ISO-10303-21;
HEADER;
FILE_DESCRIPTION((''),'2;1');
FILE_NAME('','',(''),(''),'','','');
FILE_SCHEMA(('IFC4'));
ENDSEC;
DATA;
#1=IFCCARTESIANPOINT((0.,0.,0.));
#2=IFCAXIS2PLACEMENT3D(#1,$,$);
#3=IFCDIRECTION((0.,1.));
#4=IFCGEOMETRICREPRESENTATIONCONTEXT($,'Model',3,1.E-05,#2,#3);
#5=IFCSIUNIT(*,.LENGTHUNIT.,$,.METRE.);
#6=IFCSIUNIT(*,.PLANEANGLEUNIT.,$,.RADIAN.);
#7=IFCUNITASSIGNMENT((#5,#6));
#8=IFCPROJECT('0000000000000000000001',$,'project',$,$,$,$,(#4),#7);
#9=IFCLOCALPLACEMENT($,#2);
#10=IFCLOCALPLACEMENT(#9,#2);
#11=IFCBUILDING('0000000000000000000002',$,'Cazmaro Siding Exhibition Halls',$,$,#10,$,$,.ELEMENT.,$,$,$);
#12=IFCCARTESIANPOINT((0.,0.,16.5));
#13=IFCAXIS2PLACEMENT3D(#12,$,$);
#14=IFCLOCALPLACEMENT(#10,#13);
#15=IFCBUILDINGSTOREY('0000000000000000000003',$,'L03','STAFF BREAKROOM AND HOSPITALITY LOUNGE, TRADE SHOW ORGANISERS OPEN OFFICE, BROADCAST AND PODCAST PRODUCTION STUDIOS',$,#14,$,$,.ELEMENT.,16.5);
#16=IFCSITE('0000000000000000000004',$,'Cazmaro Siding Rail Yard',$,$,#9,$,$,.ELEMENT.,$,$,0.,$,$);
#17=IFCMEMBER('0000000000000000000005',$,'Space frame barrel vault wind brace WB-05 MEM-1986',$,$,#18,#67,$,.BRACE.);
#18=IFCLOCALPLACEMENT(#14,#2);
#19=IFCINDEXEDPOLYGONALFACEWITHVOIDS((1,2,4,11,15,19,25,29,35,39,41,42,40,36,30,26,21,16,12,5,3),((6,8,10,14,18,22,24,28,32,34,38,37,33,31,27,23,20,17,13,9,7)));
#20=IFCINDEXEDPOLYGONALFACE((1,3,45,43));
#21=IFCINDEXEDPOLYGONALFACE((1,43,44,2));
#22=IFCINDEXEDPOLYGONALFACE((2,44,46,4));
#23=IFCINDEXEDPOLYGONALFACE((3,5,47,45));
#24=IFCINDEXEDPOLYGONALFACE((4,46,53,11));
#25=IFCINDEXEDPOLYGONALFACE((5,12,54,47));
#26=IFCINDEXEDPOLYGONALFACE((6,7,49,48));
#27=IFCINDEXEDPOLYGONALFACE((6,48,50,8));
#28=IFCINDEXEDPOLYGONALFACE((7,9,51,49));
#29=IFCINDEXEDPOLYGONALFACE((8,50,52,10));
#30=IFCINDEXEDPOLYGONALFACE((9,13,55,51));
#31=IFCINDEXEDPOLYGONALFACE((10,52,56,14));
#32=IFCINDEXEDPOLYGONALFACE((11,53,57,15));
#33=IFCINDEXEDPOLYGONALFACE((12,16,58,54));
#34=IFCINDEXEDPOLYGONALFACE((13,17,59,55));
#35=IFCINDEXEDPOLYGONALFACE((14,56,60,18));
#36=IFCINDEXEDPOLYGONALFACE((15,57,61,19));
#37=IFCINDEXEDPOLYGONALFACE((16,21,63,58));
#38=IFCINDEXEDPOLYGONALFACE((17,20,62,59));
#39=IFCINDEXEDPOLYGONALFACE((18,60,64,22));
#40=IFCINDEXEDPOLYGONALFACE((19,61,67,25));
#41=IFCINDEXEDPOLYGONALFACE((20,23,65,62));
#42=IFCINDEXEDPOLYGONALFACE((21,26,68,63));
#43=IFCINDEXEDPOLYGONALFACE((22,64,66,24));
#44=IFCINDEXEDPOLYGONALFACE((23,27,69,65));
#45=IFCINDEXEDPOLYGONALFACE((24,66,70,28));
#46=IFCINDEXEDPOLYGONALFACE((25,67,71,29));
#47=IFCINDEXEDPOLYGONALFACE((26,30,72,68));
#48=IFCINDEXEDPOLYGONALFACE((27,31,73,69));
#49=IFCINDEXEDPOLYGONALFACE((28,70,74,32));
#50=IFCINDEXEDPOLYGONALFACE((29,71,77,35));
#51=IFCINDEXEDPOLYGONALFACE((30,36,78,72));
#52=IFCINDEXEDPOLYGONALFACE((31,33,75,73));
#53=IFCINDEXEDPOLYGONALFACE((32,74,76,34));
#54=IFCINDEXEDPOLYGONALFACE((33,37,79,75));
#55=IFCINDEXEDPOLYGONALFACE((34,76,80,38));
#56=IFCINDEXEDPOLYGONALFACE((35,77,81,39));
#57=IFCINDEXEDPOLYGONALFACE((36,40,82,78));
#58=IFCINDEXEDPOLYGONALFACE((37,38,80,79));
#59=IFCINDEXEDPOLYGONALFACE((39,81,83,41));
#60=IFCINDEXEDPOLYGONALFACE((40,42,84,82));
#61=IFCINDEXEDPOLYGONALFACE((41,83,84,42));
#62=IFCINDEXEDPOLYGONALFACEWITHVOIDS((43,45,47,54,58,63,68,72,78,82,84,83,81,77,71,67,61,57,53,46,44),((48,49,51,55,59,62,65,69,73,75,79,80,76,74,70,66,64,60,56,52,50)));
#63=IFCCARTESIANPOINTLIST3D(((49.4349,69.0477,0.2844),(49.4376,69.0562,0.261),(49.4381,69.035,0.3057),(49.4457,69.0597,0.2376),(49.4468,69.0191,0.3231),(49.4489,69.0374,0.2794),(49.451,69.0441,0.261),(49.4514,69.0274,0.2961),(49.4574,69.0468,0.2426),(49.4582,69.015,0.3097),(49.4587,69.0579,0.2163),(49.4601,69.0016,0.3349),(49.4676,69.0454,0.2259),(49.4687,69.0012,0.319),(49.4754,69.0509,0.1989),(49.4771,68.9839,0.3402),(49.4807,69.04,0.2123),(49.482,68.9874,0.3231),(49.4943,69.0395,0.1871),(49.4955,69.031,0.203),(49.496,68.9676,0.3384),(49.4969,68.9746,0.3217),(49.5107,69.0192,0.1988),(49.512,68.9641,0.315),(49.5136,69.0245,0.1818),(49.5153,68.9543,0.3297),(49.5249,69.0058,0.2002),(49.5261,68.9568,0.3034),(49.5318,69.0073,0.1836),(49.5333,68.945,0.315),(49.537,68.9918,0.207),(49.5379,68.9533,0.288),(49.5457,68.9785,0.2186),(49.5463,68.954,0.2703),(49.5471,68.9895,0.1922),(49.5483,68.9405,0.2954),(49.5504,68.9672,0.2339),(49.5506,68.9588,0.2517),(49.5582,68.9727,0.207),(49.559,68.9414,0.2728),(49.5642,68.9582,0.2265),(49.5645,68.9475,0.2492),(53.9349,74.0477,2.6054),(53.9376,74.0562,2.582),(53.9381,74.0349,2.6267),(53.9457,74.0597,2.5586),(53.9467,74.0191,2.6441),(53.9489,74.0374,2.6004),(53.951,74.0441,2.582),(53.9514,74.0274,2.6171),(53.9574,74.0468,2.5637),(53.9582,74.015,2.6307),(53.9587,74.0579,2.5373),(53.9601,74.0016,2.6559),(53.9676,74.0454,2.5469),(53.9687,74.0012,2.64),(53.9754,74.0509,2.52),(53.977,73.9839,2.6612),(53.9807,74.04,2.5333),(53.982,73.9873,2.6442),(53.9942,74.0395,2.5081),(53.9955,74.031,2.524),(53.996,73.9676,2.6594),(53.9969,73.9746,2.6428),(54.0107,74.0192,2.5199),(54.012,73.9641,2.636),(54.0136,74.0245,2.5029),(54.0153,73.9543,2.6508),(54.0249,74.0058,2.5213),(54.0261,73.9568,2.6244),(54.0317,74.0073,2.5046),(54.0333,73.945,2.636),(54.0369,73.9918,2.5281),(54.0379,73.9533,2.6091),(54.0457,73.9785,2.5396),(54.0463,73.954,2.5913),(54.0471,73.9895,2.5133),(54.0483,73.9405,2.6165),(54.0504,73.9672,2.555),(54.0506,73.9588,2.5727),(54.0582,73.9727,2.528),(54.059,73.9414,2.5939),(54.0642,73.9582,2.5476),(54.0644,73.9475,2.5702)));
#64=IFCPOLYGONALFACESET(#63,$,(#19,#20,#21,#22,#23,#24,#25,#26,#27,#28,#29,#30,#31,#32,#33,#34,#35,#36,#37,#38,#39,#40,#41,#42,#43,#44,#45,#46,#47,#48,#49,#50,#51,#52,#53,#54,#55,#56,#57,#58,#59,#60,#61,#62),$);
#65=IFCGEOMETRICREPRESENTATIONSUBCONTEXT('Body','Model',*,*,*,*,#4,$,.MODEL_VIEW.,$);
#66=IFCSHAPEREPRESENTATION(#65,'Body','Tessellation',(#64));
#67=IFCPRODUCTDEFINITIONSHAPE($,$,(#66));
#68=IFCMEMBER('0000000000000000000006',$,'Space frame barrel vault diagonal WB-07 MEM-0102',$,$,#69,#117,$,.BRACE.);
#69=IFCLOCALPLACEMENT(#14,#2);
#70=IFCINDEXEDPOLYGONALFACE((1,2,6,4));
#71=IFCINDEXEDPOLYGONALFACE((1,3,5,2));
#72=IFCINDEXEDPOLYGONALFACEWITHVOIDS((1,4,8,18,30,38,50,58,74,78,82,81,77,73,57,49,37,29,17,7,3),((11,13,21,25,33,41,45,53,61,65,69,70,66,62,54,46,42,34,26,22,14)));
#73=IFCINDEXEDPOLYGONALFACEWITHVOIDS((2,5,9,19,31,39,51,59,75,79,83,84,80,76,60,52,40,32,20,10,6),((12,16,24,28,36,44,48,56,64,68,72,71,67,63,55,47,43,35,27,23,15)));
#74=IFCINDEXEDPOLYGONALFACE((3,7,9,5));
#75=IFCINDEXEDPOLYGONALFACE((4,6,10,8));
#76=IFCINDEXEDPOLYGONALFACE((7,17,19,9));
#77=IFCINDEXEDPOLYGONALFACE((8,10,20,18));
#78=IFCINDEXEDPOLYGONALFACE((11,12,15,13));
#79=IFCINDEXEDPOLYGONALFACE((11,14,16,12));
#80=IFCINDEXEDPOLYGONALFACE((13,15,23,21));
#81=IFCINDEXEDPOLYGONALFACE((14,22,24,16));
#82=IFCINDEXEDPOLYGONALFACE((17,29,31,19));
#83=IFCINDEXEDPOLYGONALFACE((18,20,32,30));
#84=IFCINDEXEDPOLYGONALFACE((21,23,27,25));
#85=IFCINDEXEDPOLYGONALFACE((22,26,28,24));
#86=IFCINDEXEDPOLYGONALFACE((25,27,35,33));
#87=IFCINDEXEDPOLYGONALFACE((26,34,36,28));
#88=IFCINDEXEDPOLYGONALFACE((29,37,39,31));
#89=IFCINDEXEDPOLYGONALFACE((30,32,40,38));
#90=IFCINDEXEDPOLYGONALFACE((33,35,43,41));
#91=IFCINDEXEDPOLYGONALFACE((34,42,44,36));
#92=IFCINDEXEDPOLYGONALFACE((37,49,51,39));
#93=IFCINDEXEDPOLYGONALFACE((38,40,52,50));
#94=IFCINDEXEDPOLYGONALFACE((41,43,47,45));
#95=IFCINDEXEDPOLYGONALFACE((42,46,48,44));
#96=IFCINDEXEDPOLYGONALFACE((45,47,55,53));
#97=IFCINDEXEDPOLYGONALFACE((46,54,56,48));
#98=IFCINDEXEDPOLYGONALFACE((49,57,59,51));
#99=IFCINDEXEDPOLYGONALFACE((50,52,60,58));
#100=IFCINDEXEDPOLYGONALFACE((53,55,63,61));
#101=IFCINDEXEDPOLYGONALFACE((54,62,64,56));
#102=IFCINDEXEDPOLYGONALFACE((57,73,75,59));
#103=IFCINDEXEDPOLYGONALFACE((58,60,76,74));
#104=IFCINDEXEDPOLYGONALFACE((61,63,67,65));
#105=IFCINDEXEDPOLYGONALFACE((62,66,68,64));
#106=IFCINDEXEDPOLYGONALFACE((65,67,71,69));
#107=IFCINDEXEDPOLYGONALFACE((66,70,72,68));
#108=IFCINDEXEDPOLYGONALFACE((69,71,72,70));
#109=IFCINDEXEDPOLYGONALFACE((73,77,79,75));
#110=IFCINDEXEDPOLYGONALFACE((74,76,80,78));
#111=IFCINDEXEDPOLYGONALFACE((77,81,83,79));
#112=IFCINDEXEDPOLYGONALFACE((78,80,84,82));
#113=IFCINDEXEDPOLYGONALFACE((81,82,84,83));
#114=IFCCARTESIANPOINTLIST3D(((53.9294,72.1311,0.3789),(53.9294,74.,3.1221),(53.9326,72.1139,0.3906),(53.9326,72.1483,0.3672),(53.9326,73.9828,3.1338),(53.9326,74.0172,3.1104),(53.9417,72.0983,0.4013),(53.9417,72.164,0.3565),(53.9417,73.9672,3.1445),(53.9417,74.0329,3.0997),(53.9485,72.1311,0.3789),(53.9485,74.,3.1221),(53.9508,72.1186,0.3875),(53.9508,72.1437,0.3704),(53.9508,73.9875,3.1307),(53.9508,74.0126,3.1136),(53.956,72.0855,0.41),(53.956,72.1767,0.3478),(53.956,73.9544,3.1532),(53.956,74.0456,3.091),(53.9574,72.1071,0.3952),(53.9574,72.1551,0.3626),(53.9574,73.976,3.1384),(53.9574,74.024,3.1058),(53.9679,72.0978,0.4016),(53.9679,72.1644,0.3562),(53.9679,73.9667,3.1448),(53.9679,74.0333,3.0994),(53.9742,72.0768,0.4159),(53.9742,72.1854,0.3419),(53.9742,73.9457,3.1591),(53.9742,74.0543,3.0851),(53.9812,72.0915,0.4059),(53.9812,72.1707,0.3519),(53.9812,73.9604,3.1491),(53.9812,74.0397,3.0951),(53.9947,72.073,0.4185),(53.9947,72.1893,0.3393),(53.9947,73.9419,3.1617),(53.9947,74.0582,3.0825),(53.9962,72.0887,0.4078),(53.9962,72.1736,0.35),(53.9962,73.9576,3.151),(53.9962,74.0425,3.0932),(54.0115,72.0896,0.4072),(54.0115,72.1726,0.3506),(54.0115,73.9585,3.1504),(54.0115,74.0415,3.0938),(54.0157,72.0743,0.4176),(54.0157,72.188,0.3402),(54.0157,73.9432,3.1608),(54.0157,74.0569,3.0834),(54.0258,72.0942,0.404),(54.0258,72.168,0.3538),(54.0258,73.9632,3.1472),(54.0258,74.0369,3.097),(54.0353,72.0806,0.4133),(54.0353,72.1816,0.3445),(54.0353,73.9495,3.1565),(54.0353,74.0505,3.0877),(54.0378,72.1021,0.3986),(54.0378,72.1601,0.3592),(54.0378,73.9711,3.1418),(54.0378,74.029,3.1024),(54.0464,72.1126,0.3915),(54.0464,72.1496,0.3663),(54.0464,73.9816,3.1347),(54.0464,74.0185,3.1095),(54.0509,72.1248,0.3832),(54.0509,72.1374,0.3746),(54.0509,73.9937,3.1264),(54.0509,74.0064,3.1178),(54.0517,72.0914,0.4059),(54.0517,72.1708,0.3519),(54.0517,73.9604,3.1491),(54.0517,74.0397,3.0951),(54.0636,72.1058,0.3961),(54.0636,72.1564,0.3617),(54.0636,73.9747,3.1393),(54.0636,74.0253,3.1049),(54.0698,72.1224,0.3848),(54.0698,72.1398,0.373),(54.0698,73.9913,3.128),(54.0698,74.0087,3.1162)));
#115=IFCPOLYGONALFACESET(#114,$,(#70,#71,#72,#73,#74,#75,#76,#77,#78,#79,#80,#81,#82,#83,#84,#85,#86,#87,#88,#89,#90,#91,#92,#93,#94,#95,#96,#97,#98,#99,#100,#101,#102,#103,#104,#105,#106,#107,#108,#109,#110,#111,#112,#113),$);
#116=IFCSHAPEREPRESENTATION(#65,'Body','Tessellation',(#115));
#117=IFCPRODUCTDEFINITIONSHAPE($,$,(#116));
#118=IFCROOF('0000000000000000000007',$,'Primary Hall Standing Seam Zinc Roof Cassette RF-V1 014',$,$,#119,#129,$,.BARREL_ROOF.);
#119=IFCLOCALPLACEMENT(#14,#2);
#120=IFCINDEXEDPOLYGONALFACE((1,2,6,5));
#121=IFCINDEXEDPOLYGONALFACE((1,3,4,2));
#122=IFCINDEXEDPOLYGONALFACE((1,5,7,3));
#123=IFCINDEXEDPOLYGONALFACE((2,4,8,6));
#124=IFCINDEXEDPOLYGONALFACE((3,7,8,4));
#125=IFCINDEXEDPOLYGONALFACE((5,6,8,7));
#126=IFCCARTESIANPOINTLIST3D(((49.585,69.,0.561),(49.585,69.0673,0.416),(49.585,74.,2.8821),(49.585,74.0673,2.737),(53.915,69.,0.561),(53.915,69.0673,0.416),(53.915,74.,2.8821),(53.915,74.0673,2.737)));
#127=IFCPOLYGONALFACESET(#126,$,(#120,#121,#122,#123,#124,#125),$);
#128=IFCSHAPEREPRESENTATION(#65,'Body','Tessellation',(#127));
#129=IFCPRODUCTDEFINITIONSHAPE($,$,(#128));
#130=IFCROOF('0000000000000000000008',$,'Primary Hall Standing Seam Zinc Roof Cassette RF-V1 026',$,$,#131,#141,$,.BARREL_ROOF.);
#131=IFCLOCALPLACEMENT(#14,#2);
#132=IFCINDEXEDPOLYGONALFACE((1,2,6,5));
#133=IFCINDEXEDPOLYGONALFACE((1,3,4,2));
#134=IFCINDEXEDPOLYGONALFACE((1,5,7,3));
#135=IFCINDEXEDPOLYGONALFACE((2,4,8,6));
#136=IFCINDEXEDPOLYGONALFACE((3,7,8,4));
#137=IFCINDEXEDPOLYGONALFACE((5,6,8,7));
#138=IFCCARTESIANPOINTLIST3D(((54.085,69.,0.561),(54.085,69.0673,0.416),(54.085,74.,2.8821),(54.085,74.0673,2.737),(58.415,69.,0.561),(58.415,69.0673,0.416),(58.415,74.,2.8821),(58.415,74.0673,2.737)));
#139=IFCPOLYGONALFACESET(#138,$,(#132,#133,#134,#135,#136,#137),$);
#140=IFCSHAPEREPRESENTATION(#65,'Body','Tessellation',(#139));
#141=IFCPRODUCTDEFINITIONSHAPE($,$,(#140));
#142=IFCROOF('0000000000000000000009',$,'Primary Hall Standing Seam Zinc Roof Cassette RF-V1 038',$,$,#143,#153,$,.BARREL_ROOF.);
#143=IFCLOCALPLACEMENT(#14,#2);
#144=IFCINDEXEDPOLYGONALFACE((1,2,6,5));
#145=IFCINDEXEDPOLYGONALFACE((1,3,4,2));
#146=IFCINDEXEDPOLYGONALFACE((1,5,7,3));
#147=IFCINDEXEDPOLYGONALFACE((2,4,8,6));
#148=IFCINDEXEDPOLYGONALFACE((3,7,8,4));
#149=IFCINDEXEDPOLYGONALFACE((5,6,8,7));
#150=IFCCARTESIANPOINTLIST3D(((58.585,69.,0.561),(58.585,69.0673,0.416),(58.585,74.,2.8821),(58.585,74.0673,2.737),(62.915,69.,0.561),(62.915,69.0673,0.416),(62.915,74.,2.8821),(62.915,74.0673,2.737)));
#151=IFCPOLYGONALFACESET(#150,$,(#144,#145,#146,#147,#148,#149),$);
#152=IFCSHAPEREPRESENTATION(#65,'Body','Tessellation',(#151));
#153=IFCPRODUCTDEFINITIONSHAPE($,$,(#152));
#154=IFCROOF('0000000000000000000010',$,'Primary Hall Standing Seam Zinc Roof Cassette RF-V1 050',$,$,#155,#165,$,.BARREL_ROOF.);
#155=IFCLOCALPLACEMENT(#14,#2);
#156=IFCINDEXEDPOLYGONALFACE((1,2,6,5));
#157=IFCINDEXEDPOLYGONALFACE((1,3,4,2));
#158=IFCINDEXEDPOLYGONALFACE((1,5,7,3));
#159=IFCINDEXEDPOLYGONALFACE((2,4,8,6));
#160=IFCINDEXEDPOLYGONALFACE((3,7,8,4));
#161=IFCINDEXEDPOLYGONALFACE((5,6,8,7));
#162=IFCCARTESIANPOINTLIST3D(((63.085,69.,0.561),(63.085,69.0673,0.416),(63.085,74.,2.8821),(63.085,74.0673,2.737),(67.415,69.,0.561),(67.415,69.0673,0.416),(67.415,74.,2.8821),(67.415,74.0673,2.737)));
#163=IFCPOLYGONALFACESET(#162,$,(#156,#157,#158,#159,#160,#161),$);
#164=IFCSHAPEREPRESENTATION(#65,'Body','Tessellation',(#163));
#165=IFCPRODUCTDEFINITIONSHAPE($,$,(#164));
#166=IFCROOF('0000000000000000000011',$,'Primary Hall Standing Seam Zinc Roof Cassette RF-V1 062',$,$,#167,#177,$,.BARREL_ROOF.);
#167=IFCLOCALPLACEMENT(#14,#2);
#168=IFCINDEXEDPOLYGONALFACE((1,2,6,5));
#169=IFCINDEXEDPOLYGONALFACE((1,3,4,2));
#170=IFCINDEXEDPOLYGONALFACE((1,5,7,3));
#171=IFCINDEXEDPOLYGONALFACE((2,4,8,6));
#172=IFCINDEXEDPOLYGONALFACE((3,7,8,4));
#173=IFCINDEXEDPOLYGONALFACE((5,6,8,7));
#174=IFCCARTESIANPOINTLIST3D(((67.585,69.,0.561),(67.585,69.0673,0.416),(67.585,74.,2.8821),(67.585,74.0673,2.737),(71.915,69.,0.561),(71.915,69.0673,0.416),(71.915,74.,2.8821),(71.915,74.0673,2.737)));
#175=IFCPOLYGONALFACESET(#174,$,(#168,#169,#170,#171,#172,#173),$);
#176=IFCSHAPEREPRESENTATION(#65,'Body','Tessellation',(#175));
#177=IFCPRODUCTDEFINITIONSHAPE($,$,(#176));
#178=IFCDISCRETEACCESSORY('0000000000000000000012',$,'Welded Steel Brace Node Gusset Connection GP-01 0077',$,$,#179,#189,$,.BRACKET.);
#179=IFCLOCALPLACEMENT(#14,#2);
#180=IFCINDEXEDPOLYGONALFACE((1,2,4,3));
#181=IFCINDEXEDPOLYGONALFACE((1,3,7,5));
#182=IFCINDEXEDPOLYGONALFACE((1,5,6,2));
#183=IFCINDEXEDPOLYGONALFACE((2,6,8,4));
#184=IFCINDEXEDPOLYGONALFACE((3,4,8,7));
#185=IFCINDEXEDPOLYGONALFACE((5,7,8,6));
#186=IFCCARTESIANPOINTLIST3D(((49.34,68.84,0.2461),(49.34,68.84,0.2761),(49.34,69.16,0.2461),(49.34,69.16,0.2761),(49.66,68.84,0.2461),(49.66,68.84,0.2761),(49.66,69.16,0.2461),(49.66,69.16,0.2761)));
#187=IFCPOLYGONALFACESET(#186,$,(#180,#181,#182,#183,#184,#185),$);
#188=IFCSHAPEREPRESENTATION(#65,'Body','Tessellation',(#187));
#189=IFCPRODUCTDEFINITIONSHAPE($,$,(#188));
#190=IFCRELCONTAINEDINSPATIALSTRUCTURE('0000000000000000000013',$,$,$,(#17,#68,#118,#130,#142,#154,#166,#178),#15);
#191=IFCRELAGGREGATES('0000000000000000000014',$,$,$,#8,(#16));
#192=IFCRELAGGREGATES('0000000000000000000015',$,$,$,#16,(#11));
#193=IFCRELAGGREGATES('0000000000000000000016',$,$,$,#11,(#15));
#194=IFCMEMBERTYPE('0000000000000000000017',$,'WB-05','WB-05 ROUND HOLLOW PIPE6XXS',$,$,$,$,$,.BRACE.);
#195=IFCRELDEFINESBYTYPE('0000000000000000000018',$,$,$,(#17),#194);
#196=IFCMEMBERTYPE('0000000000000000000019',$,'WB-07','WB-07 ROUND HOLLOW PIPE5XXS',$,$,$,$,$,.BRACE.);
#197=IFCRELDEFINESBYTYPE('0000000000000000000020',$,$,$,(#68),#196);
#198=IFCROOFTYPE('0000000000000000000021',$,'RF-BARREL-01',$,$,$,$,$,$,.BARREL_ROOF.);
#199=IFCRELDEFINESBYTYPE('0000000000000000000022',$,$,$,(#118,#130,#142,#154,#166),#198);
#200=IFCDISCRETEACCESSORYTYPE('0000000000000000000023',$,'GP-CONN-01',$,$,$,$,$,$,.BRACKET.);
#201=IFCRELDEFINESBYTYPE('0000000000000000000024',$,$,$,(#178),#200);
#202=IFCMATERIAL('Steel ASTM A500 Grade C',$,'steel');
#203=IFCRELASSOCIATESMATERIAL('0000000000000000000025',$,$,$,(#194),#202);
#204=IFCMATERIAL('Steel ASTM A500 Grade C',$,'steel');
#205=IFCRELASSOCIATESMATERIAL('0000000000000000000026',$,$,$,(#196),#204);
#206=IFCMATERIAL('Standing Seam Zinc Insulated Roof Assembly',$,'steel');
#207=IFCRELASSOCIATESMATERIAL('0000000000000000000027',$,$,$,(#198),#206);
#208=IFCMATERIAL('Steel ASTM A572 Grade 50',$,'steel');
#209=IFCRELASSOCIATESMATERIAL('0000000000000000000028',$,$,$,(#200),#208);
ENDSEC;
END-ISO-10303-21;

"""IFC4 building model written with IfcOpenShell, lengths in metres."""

from ifc_helpers import new_model, si_unit, direction, frame, origin, origin_2d, place, context, subcontext, project, spatial, polyline, rectangle, hollow_circle, outline, extrude, material, material_profile, profile_set, type_object, element, save


model = new_model("IFC4")

# Units and contexts
model_context = context("Model", 3, precision=1e-05, world=origin(), true_north=direction((0.0, 1.0)))
body_context = subcontext(model_context, "Body", "Model", "MODEL_VIEW")
ifc_project = project(units=[si_unit("LENGTHUNIT", "METRE"), si_unit("PLANEANGLEUNIT", "RADIAN")], contexts=[model_context])

# Site, building, storey
site_placement = place(None, origin())
site = spatial("IfcSite", under=ifc_project, at=site_placement, Name="Cazmaro Siding Rail Yard", CompositionType="ELEMENT", RefElevation=0.0)
building_placement = place(site_placement, origin())
building = spatial("IfcBuilding", under=site, at=building_placement, Name="Cazmaro Siding Exhibition Halls", CompositionType="ELEMENT")
storey_placement = place(building_placement, frame((0.0, 0.0, 16.5)))
storey = spatial("IfcBuildingStorey", under=building, at=storey_placement, Name="L03", Description="STAFF BREAKROOM AND HOSPITALITY LOUNGE, TRADE SHOW ORGANISERS OPEN OFFICE, BROADCAST AND PODCAST PRODUCTION STUDIOS", CompositionType="ELEMENT", Elevation=16.5)

# Members
ifc_material_1 = material(Name="Steel ASTM A500 Grade C", Category="steel")
ifc_material_profile_1 = material_profile(ifc_material_1, hollow_circle(Radius=0.084, WallThickness=0.0181, at=origin_2d()), Name="PIPE6XXS")
ifc_profile_set_1 = profile_set([ifc_material_profile_1], Name="Steel ASTM A500 Grade C")
member_type_1 = type_object("IfcMemberType", Name="WB-05", Description="WB-05 ROUND HOLLOW PIPE6XXS", PredefinedType="BRACE", material=ifc_profile_set_1)
member_1_placement = place(storey_placement, frame((49.5, 69.0, 0.261), z_axis=(0.632379, 0.702643, 0.326173), x_axis=(-0.743294, 0.668965, 0.0)))
element("IfcMember", 1, at=member_1_placement, inside=storey, type_object=member_type_1, Name="Space frame barrel vault wind brace WB-05 MEM-1986", PredefinedType="BRACE", context=body_context, shape_type="SweptSolid", body=[
    extrude(hollow_circle(Radius=0.084, WallThickness=0.0181, at=origin_2d()), origin(), (0.0, 0.0, 1.0), 7.116),
])
ifc_material_2 = material(Name="Steel ASTM A500 Grade C", Category="steel")
ifc_material_profile_2 = material_profile(ifc_material_2, hollow_circle(Radius=0.0706, WallThickness=0.019, at=origin_2d()), Name="PIPE5XXS")
ifc_profile_set_2 = profile_set([ifc_material_profile_2], Name="Steel ASTM A500 Grade C")
member_type_2 = type_object("IfcMemberType", Name="WB-07", Description="WB-07 ROUND HOLLOW PIPE5XXS", PredefinedType="BRACE", material=ifc_profile_set_2)
member_2_placement = place(storey_placement, frame((54.0, 72.1311, 0.3789), z_axis=(0.0, 0.56304, 0.82643), x_axis=(-1.0, 0.0, 0.0)))
element("IfcMember", 2, at=member_2_placement, inside=storey, type_object=member_type_2, Name="Space frame barrel vault diagonal WB-07 MEM-0102", PredefinedType="BRACE", context=body_context, shape_type="SweptSolid", body=[
    extrude(hollow_circle(Radius=0.0706, WallThickness=0.019, at=origin_2d()), origin(), (0.0, 0.0, 1.0), 3.3193),
])

# Roofs
ifc_material_3 = material(Name="Standing Seam Zinc Insulated Roof Assembly", Category="steel")
roof_type = type_object("IfcRoofType", Name="RF-BARREL-01", PredefinedType="BARREL_ROOF", material=ifc_material_3)
for number, where, z_axis, x_axis, name in (
    (3, (49.585, 69.0, 0.561), (0.0, -0.421054, 0.907036), (1.0, 0.0, 0.0), "Primary Hall Standing Seam Zinc Roof Cassette RF-V1 014"),
    (4, (54.085, 69.0, 0.561), (0.0, -0.421054, 0.907036), (1.0, 0.0, 0.0), "Primary Hall Standing Seam Zinc Roof Cassette RF-V1 026"),
    (5, (58.585, 69.0, 0.561), (0.0, -0.421054, 0.907036), (1.0, 0.0, 0.0), "Primary Hall Standing Seam Zinc Roof Cassette RF-V1 038"),
    (6, (63.085, 69.0, 0.561), (0.0, -0.421054, 0.907036), (1.0, 0.0, 0.0), "Primary Hall Standing Seam Zinc Roof Cassette RF-V1 050"),
    (7, (67.585, 69.0, 0.561), (0.0, -0.421054, 0.907036), (1.0, 0.0, 0.0), "Primary Hall Standing Seam Zinc Roof Cassette RF-V1 062"),
):
    element("IfcRoof", number, at=place(storey_placement, frame(where, z_axis=z_axis, x_axis=x_axis)), inside=storey, type_object=roof_type, Name=name, PredefinedType="BARREL_ROOF", context=body_context, shape_type="SweptSolid", body=[
        extrude(outline(polyline([(0.0, 0.0), (4.3301, 0.0), (4.3301, 5.5125), (0.0, 5.5125), (0.0, 0.0)])), origin(), (0.0, 0.0, -1.0), 0.1599),
    ])

# Discrete accessory
ifc_material_4 = material(Name="Steel ASTM A572 Grade 50", Category="steel")
discrete_accessory_type = type_object("IfcDiscreteAccessoryType", Name="GP-CONN-01", PredefinedType="BRACKET", material=ifc_material_4)
discrete_accessory_placement = place(storey_placement, frame((49.5, 69.0, 0.2461), z_axis=(0.0, 0.0, 1.0), x_axis=(1.0, 0.0, 0.0)))
element("IfcDiscreteAccessory", 8, at=discrete_accessory_placement, inside=storey, type_object=discrete_accessory_type, Name="Welded Steel Brace Node Gusset Connection GP-01 0077", PredefinedType="BRACKET", context=body_context, shape_type="SweptSolid", body=[
    extrude(rectangle(XDim=0.3201, YDim=0.3201, at=origin_2d()), origin(), (0.0, 0.0, 1.0), 0.03),
])

save(model, "model.ifc")
